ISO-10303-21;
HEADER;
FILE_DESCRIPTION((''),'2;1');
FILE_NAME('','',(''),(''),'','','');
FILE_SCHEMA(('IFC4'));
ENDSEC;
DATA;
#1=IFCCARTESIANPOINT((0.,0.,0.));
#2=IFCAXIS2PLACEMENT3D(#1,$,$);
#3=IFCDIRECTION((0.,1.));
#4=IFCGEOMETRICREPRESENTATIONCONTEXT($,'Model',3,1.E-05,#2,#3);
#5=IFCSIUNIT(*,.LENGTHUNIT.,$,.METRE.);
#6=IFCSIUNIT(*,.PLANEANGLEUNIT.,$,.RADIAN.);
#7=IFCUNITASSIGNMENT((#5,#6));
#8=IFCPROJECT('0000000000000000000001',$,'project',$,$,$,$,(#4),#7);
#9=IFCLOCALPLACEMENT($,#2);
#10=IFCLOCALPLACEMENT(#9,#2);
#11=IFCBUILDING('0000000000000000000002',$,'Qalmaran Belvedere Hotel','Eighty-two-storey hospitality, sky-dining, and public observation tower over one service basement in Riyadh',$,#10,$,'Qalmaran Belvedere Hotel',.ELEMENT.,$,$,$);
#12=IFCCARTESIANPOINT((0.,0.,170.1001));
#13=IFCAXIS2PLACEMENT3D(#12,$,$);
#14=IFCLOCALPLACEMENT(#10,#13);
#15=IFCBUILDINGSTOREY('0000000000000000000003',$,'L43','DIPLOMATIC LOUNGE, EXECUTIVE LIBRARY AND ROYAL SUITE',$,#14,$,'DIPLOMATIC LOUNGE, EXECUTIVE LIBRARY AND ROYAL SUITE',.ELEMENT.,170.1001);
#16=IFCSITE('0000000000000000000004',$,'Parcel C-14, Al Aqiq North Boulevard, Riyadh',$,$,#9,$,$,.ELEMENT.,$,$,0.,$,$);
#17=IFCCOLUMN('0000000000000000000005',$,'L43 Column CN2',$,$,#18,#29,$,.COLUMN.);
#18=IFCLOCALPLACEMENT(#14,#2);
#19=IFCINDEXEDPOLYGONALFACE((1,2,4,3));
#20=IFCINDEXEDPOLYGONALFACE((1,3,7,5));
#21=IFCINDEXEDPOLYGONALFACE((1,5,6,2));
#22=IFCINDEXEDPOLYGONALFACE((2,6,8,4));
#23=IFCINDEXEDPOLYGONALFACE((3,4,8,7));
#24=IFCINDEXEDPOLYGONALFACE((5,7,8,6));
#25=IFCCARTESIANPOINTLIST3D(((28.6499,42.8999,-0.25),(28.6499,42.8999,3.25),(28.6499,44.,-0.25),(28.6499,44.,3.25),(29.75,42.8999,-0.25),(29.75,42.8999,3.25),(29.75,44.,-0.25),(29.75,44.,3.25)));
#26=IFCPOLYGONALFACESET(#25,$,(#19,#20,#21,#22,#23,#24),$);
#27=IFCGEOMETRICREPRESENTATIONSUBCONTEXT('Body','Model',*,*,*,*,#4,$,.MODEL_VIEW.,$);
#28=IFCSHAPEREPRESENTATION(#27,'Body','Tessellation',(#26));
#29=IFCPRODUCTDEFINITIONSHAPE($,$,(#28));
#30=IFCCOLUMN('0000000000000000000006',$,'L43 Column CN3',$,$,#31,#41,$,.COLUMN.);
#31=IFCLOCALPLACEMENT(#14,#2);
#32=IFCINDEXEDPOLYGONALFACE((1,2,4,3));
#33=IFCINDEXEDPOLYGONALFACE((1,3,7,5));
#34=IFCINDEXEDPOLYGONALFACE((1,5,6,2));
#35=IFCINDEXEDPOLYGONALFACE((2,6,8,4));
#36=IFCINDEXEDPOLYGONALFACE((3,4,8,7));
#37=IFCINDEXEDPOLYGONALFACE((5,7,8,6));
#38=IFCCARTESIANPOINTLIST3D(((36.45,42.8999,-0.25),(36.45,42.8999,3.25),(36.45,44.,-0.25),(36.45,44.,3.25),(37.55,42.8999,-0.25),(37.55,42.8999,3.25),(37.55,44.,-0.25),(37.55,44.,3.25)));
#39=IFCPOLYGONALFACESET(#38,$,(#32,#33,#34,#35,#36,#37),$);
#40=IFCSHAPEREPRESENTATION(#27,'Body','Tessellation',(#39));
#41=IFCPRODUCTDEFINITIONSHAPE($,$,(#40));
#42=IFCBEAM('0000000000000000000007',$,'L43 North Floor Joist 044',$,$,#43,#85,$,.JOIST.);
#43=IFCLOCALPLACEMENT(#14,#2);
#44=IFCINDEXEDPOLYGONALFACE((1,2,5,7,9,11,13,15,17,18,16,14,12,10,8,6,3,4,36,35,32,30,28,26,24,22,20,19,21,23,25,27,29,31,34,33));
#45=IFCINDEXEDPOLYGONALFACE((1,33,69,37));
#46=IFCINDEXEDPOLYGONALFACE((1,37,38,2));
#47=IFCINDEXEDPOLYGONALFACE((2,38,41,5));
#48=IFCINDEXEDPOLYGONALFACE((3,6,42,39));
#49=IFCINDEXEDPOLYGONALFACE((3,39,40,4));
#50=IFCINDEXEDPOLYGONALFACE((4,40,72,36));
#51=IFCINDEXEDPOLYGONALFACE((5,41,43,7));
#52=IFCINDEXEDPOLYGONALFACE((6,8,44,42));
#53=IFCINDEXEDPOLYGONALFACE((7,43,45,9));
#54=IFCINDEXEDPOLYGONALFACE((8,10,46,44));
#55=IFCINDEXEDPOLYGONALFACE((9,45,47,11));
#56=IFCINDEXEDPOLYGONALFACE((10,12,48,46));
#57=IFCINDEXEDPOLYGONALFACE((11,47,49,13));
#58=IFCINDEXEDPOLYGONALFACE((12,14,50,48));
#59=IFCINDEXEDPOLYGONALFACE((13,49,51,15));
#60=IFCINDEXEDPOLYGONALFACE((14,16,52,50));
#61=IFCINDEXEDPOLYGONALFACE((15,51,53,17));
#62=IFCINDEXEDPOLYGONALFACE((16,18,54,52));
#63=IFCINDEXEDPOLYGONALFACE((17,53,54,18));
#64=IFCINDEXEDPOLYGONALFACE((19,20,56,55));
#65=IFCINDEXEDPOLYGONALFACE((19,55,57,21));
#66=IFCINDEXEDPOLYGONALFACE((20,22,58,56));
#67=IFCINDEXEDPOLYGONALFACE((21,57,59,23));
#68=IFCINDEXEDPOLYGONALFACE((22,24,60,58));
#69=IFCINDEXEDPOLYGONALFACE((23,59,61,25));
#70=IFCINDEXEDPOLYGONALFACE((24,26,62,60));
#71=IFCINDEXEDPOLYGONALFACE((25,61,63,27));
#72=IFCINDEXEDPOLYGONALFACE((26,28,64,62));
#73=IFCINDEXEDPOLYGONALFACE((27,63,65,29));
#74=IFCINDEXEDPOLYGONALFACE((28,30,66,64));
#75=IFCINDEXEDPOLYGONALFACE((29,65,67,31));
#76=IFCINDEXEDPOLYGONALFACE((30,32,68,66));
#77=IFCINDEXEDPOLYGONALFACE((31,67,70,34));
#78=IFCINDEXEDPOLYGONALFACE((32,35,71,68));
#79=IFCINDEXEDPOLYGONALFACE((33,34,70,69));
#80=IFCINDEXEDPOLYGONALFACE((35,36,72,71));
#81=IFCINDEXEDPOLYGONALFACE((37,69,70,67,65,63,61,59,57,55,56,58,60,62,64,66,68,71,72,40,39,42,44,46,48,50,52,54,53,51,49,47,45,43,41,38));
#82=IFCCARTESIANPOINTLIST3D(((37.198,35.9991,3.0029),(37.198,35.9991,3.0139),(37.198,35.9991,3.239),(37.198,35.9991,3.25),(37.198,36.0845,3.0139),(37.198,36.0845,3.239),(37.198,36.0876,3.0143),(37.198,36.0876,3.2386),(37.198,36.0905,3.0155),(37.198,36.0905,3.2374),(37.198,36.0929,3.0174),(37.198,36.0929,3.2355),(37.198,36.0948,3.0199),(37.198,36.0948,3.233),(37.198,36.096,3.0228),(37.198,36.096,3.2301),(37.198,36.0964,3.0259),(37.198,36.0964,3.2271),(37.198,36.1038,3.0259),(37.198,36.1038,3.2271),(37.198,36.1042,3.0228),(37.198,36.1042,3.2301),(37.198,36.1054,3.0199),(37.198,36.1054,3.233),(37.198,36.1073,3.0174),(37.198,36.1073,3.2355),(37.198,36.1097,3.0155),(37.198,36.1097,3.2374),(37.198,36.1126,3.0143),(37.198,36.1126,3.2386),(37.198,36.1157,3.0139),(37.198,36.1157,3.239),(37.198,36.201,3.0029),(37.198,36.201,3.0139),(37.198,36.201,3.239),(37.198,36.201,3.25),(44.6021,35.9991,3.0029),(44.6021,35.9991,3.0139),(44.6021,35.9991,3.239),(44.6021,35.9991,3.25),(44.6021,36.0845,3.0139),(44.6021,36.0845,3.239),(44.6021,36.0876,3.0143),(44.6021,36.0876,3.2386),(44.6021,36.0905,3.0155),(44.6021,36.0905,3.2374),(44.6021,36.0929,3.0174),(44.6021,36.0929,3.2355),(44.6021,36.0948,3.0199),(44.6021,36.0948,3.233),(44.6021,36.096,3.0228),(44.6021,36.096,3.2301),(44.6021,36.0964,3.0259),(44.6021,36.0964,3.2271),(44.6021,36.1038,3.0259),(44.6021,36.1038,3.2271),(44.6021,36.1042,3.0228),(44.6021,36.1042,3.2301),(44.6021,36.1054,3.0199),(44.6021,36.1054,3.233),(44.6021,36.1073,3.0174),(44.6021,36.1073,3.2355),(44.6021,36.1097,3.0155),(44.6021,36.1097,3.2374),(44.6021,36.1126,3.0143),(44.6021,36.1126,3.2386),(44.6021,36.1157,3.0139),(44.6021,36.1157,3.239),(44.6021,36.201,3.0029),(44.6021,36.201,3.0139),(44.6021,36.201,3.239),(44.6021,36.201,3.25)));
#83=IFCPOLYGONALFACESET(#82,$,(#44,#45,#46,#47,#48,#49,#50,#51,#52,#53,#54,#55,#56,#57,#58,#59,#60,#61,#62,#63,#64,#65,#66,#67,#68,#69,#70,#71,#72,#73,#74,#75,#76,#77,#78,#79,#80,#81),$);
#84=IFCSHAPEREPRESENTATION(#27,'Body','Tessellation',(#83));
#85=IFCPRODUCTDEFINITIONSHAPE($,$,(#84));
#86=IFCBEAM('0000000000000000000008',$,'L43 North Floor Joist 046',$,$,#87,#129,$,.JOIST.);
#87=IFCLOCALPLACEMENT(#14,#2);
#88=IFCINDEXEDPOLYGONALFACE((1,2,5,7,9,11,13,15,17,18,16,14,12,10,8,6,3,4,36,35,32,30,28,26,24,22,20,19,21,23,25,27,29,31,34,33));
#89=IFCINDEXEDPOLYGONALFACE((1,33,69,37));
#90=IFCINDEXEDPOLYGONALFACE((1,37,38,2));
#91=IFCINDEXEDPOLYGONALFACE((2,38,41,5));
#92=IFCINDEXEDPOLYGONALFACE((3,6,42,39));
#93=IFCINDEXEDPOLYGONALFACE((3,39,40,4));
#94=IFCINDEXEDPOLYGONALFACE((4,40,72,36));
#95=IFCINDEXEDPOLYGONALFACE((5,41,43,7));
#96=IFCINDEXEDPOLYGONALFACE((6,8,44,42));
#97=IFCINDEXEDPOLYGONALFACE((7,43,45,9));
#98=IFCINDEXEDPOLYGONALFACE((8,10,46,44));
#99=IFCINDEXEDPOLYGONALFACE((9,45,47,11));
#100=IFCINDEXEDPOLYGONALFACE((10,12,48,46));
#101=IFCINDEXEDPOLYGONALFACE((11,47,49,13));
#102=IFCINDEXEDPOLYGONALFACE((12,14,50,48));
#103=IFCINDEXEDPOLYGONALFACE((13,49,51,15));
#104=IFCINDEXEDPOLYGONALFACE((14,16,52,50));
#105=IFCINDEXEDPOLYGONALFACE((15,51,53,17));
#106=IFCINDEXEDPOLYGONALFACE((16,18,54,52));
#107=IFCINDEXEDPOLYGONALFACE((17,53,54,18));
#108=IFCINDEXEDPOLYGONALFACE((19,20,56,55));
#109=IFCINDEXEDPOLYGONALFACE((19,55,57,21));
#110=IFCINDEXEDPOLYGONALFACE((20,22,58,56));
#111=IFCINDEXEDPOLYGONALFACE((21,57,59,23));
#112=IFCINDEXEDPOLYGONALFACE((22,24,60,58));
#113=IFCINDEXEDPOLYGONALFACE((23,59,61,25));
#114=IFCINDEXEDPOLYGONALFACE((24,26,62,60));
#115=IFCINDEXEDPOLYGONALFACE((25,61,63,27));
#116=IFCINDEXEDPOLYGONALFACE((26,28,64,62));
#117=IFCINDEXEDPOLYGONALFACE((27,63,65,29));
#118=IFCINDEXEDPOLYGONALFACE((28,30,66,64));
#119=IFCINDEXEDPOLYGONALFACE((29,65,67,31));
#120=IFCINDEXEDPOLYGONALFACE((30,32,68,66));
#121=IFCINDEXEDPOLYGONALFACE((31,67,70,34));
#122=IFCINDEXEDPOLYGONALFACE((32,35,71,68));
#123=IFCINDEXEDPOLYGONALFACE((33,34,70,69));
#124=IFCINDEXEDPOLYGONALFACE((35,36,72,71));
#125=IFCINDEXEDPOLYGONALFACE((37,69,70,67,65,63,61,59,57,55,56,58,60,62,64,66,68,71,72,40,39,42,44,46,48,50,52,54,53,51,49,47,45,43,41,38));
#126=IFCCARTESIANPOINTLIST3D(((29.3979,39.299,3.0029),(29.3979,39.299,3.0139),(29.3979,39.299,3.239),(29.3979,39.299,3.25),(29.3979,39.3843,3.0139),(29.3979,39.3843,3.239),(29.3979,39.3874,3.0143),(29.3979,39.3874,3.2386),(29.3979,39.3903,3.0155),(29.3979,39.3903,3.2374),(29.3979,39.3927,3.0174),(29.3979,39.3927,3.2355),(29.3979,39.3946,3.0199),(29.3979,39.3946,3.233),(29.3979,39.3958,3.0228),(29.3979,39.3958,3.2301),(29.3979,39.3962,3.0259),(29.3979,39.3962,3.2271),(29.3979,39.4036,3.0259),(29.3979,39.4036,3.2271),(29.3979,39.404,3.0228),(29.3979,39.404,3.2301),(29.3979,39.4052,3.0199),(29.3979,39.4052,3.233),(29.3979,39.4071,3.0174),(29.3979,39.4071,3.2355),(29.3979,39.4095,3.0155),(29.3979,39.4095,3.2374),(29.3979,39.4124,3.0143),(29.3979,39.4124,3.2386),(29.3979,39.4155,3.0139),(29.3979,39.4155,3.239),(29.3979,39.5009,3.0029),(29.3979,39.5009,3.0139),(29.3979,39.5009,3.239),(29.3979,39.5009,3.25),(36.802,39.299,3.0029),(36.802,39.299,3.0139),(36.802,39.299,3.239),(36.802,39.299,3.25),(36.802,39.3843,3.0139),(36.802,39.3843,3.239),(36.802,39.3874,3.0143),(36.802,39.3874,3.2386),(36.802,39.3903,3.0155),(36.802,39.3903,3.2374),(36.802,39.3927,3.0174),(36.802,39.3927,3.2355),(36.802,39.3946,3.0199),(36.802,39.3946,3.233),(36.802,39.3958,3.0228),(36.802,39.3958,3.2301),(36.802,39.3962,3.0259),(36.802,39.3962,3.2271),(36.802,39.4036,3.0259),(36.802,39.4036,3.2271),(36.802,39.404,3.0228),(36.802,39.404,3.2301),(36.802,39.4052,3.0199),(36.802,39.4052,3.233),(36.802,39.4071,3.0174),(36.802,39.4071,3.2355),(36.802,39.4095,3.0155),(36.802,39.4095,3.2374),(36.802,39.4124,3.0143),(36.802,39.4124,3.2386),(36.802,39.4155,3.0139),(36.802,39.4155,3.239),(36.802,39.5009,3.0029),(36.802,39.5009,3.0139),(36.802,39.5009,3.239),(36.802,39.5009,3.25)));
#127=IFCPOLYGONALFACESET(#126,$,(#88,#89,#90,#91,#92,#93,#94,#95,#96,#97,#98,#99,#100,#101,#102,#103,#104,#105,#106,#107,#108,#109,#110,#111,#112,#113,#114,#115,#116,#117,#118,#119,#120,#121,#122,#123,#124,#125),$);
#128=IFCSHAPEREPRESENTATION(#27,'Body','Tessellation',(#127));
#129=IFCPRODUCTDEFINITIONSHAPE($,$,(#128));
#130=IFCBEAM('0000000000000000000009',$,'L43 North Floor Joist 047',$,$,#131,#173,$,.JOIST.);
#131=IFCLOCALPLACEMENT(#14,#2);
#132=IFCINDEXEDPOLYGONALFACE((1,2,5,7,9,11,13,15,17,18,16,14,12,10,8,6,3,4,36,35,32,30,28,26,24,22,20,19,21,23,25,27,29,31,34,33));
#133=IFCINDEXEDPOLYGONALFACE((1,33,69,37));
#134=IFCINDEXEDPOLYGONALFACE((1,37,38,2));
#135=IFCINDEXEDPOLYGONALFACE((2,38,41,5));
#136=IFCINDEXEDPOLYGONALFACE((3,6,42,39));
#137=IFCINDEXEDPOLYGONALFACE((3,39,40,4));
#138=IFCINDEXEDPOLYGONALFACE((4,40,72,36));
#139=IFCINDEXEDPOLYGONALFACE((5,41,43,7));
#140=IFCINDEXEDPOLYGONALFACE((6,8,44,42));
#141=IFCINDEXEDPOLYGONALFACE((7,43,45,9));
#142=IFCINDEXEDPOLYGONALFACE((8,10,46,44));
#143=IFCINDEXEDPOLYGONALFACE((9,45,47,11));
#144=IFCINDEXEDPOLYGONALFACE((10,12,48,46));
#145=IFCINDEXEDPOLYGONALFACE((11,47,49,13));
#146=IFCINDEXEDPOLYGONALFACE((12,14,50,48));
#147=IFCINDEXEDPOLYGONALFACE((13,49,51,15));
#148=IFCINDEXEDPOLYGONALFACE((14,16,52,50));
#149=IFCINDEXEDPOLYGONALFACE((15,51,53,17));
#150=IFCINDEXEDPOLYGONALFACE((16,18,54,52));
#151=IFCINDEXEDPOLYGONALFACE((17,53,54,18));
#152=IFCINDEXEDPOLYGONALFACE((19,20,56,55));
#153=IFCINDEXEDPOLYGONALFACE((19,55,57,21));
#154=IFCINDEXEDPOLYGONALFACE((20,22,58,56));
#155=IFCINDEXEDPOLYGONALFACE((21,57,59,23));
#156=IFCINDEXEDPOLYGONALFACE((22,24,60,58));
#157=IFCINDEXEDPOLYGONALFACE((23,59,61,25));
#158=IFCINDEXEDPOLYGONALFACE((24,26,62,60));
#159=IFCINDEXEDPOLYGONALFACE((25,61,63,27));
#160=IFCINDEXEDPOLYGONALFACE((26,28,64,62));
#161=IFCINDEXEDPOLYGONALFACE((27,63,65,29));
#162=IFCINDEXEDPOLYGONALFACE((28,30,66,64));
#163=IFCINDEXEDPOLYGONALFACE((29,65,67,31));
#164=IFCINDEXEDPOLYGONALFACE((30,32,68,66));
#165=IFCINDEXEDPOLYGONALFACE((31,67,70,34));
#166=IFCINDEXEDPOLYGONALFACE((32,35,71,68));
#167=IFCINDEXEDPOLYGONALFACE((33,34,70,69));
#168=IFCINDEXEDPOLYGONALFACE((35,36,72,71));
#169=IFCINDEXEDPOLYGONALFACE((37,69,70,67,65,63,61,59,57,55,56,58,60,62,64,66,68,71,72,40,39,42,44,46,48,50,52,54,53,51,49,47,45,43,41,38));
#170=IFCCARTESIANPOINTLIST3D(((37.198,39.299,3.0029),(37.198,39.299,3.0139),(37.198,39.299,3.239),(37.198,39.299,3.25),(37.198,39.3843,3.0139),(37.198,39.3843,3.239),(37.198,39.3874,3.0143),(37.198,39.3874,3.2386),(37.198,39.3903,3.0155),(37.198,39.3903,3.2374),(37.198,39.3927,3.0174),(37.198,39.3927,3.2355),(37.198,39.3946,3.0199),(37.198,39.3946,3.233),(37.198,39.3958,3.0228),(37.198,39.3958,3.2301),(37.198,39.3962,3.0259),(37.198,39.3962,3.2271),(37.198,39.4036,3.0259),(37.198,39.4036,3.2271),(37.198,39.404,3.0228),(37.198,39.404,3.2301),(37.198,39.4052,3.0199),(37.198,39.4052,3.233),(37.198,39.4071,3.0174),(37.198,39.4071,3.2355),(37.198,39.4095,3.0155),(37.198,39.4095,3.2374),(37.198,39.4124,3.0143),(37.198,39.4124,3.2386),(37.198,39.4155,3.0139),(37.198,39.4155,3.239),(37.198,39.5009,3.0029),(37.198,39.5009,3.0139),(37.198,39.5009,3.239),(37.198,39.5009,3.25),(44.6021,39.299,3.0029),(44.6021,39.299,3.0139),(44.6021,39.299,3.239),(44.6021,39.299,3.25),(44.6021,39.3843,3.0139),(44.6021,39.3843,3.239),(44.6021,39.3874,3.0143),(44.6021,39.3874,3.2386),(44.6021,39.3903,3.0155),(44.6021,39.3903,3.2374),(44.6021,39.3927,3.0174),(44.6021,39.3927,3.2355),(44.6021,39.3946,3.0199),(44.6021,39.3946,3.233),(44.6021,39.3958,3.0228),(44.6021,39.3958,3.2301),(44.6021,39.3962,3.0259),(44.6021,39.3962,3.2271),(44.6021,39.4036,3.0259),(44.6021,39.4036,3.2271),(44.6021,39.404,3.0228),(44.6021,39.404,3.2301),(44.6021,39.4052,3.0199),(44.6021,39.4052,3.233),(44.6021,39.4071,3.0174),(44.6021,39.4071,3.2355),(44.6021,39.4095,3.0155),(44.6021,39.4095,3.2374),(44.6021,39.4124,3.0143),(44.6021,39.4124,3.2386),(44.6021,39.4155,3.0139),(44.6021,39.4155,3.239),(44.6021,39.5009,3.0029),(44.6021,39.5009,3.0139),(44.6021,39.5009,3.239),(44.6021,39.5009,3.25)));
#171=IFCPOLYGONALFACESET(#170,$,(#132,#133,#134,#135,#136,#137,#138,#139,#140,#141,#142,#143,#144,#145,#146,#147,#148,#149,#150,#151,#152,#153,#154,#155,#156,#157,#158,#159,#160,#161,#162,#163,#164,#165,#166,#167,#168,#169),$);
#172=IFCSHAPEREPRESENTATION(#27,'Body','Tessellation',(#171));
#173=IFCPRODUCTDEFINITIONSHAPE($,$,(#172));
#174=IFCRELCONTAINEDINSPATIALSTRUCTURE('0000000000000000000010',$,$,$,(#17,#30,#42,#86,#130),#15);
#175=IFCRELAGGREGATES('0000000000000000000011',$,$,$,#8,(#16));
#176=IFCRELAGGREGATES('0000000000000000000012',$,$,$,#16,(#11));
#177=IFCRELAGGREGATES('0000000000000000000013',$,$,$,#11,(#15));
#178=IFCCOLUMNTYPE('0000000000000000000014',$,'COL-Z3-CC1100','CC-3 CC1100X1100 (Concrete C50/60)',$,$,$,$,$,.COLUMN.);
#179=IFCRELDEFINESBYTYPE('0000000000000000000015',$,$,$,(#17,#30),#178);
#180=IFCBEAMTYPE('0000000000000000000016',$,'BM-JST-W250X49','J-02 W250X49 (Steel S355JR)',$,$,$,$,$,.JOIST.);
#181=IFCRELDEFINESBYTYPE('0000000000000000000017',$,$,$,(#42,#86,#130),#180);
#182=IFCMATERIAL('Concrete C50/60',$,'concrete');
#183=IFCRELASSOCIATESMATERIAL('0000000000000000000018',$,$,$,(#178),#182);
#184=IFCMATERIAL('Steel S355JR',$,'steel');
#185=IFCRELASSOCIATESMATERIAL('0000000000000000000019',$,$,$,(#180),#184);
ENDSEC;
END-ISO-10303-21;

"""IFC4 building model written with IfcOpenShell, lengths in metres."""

from ifc_helpers import new_model, si_unit, direction, frame, origin, origin_2d, place, context, subcontext, project, spatial, rectangle, i_section, extrude, material, material_profile, profile_set, type_object, element, save


model = new_model("IFC4")

# Units and contexts
model_context = context("Model", 3, precision=1e-05, world=origin(), true_north=direction((0.0, 1.0)))
body_context = subcontext(model_context, "Body", "Model", "MODEL_VIEW")
ifc_project = project(units=[si_unit("LENGTHUNIT", "METRE"), si_unit("PLANEANGLEUNIT", "RADIAN")], contexts=[model_context])

# Site, building, storey
site_placement = place(None, origin())
site = spatial("IfcSite", under=ifc_project, at=site_placement, Name="Parcel C-14, Al Aqiq North Boulevard, Riyadh", CompositionType="ELEMENT", RefElevation=0.0)
building_placement = place(site_placement, origin())
building = spatial("IfcBuilding", under=site, at=building_placement, Name="Qalmaran Belvedere Hotel", Description="Eighty-two-storey hospitality, sky-dining, and public observation tower over one service basement in Riyadh", LongName="Qalmaran Belvedere Hotel", CompositionType="ELEMENT")
storey_placement = place(building_placement, frame((0.0, 0.0, 170.1001)))
storey = spatial("IfcBuildingStorey", under=building, at=storey_placement, Name="L43", Description="DIPLOMATIC LOUNGE, EXECUTIVE LIBRARY AND ROYAL SUITE", LongName="DIPLOMATIC LOUNGE, EXECUTIVE LIBRARY AND ROYAL SUITE", CompositionType="ELEMENT", Elevation=170.1001)

# Columns
ifc_material_1 = material(Name="Concrete C50/60", Category="concrete")
ifc_material_profile_1 = material_profile(ifc_material_1, rectangle(XDim=1.1001, YDim=1.1001, at=origin_2d()), Name="CC1100X1100")
ifc_profile_set_1 = profile_set([ifc_material_profile_1], Name="Concrete C50/60")
column_type = type_object("IfcColumnType", Name="COL-Z3-CC1100", Description="CC-3 CC1100X1100 (Concrete C50/60)", PredefinedType="COLUMN", material=ifc_profile_set_1)
for number, where, z_axis, x_axis, name in (
    (1, (29.2, 43.45, -0.25), (0.0, 0.0, 1.0), (1.0, 0.0, 0.0), "L43 Column CN2"),
    (2, (37.0, 43.45, -0.25), (0.0, 0.0, 1.0), (1.0, 0.0, 0.0), "L43 Column CN3"),
):
    element("IfcColumn", number, at=place(storey_placement, frame(where, z_axis=z_axis, x_axis=x_axis)), inside=storey, type_object=column_type, Name=name, PredefinedType="COLUMN", context=body_context, shape_type="SweptSolid", body=[
        extrude(rectangle(XDim=1.1001, YDim=1.1001, at=origin_2d()), origin(), (0.0, 0.0, 1.0), 3.5),
    ])

# Beams
ifc_material_2 = material(Name="Steel S355JR", Category="steel")
ifc_material_profile_2 = material_profile(ifc_material_2, i_section(OverallWidth=0.2019, OverallDepth=0.2471, WebThickness=0.0073, FlangeThickness=0.011, FilletRadius=0.012, at=origin_2d()), Name="W250X49")
ifc_profile_set_2 = profile_set([ifc_material_profile_2], Name="Steel S355JR")
beam_type_1 = type_object("IfcBeamType", Name="BM-JST-W250X49", Description="J-02 W250X49 (Steel S355JR)", PredefinedType="JOIST", material=ifc_profile_set_2)
for number, where, z_axis, x_axis, name in (
    (3, (37.198, 36.1001, 3.1265), (1.0, 0.0, 0.0), (0.0, 1.0, 0.0), "L43 North Floor Joist 044"),
    (4, (29.3979, 39.3999, 3.1265), (1.0, 0.0, 0.0), (0.0, 1.0, 0.0), "L43 North Floor Joist 046"),
    (5, (37.198, 39.3999, 3.1265), (1.0, 0.0, 0.0), (0.0, 1.0, 0.0), "L43 North Floor Joist 047"),
):
    element("IfcBeam", number, at=place(storey_placement, frame(where, z_axis=z_axis, x_axis=x_axis)), inside=storey, type_object=beam_type_1, Name=name, PredefinedType="JOIST", context=body_context, shape_type="SweptSolid", body=[
        extrude(i_section(OverallWidth=0.2019, OverallDepth=0.2471, WebThickness=0.0073, FlangeThickness=0.011, FilletRadius=0.012, at=origin_2d()), origin(), (0.0, 0.0, 1.0), 7.4041),
    ])

save(model, "model.ifc")
